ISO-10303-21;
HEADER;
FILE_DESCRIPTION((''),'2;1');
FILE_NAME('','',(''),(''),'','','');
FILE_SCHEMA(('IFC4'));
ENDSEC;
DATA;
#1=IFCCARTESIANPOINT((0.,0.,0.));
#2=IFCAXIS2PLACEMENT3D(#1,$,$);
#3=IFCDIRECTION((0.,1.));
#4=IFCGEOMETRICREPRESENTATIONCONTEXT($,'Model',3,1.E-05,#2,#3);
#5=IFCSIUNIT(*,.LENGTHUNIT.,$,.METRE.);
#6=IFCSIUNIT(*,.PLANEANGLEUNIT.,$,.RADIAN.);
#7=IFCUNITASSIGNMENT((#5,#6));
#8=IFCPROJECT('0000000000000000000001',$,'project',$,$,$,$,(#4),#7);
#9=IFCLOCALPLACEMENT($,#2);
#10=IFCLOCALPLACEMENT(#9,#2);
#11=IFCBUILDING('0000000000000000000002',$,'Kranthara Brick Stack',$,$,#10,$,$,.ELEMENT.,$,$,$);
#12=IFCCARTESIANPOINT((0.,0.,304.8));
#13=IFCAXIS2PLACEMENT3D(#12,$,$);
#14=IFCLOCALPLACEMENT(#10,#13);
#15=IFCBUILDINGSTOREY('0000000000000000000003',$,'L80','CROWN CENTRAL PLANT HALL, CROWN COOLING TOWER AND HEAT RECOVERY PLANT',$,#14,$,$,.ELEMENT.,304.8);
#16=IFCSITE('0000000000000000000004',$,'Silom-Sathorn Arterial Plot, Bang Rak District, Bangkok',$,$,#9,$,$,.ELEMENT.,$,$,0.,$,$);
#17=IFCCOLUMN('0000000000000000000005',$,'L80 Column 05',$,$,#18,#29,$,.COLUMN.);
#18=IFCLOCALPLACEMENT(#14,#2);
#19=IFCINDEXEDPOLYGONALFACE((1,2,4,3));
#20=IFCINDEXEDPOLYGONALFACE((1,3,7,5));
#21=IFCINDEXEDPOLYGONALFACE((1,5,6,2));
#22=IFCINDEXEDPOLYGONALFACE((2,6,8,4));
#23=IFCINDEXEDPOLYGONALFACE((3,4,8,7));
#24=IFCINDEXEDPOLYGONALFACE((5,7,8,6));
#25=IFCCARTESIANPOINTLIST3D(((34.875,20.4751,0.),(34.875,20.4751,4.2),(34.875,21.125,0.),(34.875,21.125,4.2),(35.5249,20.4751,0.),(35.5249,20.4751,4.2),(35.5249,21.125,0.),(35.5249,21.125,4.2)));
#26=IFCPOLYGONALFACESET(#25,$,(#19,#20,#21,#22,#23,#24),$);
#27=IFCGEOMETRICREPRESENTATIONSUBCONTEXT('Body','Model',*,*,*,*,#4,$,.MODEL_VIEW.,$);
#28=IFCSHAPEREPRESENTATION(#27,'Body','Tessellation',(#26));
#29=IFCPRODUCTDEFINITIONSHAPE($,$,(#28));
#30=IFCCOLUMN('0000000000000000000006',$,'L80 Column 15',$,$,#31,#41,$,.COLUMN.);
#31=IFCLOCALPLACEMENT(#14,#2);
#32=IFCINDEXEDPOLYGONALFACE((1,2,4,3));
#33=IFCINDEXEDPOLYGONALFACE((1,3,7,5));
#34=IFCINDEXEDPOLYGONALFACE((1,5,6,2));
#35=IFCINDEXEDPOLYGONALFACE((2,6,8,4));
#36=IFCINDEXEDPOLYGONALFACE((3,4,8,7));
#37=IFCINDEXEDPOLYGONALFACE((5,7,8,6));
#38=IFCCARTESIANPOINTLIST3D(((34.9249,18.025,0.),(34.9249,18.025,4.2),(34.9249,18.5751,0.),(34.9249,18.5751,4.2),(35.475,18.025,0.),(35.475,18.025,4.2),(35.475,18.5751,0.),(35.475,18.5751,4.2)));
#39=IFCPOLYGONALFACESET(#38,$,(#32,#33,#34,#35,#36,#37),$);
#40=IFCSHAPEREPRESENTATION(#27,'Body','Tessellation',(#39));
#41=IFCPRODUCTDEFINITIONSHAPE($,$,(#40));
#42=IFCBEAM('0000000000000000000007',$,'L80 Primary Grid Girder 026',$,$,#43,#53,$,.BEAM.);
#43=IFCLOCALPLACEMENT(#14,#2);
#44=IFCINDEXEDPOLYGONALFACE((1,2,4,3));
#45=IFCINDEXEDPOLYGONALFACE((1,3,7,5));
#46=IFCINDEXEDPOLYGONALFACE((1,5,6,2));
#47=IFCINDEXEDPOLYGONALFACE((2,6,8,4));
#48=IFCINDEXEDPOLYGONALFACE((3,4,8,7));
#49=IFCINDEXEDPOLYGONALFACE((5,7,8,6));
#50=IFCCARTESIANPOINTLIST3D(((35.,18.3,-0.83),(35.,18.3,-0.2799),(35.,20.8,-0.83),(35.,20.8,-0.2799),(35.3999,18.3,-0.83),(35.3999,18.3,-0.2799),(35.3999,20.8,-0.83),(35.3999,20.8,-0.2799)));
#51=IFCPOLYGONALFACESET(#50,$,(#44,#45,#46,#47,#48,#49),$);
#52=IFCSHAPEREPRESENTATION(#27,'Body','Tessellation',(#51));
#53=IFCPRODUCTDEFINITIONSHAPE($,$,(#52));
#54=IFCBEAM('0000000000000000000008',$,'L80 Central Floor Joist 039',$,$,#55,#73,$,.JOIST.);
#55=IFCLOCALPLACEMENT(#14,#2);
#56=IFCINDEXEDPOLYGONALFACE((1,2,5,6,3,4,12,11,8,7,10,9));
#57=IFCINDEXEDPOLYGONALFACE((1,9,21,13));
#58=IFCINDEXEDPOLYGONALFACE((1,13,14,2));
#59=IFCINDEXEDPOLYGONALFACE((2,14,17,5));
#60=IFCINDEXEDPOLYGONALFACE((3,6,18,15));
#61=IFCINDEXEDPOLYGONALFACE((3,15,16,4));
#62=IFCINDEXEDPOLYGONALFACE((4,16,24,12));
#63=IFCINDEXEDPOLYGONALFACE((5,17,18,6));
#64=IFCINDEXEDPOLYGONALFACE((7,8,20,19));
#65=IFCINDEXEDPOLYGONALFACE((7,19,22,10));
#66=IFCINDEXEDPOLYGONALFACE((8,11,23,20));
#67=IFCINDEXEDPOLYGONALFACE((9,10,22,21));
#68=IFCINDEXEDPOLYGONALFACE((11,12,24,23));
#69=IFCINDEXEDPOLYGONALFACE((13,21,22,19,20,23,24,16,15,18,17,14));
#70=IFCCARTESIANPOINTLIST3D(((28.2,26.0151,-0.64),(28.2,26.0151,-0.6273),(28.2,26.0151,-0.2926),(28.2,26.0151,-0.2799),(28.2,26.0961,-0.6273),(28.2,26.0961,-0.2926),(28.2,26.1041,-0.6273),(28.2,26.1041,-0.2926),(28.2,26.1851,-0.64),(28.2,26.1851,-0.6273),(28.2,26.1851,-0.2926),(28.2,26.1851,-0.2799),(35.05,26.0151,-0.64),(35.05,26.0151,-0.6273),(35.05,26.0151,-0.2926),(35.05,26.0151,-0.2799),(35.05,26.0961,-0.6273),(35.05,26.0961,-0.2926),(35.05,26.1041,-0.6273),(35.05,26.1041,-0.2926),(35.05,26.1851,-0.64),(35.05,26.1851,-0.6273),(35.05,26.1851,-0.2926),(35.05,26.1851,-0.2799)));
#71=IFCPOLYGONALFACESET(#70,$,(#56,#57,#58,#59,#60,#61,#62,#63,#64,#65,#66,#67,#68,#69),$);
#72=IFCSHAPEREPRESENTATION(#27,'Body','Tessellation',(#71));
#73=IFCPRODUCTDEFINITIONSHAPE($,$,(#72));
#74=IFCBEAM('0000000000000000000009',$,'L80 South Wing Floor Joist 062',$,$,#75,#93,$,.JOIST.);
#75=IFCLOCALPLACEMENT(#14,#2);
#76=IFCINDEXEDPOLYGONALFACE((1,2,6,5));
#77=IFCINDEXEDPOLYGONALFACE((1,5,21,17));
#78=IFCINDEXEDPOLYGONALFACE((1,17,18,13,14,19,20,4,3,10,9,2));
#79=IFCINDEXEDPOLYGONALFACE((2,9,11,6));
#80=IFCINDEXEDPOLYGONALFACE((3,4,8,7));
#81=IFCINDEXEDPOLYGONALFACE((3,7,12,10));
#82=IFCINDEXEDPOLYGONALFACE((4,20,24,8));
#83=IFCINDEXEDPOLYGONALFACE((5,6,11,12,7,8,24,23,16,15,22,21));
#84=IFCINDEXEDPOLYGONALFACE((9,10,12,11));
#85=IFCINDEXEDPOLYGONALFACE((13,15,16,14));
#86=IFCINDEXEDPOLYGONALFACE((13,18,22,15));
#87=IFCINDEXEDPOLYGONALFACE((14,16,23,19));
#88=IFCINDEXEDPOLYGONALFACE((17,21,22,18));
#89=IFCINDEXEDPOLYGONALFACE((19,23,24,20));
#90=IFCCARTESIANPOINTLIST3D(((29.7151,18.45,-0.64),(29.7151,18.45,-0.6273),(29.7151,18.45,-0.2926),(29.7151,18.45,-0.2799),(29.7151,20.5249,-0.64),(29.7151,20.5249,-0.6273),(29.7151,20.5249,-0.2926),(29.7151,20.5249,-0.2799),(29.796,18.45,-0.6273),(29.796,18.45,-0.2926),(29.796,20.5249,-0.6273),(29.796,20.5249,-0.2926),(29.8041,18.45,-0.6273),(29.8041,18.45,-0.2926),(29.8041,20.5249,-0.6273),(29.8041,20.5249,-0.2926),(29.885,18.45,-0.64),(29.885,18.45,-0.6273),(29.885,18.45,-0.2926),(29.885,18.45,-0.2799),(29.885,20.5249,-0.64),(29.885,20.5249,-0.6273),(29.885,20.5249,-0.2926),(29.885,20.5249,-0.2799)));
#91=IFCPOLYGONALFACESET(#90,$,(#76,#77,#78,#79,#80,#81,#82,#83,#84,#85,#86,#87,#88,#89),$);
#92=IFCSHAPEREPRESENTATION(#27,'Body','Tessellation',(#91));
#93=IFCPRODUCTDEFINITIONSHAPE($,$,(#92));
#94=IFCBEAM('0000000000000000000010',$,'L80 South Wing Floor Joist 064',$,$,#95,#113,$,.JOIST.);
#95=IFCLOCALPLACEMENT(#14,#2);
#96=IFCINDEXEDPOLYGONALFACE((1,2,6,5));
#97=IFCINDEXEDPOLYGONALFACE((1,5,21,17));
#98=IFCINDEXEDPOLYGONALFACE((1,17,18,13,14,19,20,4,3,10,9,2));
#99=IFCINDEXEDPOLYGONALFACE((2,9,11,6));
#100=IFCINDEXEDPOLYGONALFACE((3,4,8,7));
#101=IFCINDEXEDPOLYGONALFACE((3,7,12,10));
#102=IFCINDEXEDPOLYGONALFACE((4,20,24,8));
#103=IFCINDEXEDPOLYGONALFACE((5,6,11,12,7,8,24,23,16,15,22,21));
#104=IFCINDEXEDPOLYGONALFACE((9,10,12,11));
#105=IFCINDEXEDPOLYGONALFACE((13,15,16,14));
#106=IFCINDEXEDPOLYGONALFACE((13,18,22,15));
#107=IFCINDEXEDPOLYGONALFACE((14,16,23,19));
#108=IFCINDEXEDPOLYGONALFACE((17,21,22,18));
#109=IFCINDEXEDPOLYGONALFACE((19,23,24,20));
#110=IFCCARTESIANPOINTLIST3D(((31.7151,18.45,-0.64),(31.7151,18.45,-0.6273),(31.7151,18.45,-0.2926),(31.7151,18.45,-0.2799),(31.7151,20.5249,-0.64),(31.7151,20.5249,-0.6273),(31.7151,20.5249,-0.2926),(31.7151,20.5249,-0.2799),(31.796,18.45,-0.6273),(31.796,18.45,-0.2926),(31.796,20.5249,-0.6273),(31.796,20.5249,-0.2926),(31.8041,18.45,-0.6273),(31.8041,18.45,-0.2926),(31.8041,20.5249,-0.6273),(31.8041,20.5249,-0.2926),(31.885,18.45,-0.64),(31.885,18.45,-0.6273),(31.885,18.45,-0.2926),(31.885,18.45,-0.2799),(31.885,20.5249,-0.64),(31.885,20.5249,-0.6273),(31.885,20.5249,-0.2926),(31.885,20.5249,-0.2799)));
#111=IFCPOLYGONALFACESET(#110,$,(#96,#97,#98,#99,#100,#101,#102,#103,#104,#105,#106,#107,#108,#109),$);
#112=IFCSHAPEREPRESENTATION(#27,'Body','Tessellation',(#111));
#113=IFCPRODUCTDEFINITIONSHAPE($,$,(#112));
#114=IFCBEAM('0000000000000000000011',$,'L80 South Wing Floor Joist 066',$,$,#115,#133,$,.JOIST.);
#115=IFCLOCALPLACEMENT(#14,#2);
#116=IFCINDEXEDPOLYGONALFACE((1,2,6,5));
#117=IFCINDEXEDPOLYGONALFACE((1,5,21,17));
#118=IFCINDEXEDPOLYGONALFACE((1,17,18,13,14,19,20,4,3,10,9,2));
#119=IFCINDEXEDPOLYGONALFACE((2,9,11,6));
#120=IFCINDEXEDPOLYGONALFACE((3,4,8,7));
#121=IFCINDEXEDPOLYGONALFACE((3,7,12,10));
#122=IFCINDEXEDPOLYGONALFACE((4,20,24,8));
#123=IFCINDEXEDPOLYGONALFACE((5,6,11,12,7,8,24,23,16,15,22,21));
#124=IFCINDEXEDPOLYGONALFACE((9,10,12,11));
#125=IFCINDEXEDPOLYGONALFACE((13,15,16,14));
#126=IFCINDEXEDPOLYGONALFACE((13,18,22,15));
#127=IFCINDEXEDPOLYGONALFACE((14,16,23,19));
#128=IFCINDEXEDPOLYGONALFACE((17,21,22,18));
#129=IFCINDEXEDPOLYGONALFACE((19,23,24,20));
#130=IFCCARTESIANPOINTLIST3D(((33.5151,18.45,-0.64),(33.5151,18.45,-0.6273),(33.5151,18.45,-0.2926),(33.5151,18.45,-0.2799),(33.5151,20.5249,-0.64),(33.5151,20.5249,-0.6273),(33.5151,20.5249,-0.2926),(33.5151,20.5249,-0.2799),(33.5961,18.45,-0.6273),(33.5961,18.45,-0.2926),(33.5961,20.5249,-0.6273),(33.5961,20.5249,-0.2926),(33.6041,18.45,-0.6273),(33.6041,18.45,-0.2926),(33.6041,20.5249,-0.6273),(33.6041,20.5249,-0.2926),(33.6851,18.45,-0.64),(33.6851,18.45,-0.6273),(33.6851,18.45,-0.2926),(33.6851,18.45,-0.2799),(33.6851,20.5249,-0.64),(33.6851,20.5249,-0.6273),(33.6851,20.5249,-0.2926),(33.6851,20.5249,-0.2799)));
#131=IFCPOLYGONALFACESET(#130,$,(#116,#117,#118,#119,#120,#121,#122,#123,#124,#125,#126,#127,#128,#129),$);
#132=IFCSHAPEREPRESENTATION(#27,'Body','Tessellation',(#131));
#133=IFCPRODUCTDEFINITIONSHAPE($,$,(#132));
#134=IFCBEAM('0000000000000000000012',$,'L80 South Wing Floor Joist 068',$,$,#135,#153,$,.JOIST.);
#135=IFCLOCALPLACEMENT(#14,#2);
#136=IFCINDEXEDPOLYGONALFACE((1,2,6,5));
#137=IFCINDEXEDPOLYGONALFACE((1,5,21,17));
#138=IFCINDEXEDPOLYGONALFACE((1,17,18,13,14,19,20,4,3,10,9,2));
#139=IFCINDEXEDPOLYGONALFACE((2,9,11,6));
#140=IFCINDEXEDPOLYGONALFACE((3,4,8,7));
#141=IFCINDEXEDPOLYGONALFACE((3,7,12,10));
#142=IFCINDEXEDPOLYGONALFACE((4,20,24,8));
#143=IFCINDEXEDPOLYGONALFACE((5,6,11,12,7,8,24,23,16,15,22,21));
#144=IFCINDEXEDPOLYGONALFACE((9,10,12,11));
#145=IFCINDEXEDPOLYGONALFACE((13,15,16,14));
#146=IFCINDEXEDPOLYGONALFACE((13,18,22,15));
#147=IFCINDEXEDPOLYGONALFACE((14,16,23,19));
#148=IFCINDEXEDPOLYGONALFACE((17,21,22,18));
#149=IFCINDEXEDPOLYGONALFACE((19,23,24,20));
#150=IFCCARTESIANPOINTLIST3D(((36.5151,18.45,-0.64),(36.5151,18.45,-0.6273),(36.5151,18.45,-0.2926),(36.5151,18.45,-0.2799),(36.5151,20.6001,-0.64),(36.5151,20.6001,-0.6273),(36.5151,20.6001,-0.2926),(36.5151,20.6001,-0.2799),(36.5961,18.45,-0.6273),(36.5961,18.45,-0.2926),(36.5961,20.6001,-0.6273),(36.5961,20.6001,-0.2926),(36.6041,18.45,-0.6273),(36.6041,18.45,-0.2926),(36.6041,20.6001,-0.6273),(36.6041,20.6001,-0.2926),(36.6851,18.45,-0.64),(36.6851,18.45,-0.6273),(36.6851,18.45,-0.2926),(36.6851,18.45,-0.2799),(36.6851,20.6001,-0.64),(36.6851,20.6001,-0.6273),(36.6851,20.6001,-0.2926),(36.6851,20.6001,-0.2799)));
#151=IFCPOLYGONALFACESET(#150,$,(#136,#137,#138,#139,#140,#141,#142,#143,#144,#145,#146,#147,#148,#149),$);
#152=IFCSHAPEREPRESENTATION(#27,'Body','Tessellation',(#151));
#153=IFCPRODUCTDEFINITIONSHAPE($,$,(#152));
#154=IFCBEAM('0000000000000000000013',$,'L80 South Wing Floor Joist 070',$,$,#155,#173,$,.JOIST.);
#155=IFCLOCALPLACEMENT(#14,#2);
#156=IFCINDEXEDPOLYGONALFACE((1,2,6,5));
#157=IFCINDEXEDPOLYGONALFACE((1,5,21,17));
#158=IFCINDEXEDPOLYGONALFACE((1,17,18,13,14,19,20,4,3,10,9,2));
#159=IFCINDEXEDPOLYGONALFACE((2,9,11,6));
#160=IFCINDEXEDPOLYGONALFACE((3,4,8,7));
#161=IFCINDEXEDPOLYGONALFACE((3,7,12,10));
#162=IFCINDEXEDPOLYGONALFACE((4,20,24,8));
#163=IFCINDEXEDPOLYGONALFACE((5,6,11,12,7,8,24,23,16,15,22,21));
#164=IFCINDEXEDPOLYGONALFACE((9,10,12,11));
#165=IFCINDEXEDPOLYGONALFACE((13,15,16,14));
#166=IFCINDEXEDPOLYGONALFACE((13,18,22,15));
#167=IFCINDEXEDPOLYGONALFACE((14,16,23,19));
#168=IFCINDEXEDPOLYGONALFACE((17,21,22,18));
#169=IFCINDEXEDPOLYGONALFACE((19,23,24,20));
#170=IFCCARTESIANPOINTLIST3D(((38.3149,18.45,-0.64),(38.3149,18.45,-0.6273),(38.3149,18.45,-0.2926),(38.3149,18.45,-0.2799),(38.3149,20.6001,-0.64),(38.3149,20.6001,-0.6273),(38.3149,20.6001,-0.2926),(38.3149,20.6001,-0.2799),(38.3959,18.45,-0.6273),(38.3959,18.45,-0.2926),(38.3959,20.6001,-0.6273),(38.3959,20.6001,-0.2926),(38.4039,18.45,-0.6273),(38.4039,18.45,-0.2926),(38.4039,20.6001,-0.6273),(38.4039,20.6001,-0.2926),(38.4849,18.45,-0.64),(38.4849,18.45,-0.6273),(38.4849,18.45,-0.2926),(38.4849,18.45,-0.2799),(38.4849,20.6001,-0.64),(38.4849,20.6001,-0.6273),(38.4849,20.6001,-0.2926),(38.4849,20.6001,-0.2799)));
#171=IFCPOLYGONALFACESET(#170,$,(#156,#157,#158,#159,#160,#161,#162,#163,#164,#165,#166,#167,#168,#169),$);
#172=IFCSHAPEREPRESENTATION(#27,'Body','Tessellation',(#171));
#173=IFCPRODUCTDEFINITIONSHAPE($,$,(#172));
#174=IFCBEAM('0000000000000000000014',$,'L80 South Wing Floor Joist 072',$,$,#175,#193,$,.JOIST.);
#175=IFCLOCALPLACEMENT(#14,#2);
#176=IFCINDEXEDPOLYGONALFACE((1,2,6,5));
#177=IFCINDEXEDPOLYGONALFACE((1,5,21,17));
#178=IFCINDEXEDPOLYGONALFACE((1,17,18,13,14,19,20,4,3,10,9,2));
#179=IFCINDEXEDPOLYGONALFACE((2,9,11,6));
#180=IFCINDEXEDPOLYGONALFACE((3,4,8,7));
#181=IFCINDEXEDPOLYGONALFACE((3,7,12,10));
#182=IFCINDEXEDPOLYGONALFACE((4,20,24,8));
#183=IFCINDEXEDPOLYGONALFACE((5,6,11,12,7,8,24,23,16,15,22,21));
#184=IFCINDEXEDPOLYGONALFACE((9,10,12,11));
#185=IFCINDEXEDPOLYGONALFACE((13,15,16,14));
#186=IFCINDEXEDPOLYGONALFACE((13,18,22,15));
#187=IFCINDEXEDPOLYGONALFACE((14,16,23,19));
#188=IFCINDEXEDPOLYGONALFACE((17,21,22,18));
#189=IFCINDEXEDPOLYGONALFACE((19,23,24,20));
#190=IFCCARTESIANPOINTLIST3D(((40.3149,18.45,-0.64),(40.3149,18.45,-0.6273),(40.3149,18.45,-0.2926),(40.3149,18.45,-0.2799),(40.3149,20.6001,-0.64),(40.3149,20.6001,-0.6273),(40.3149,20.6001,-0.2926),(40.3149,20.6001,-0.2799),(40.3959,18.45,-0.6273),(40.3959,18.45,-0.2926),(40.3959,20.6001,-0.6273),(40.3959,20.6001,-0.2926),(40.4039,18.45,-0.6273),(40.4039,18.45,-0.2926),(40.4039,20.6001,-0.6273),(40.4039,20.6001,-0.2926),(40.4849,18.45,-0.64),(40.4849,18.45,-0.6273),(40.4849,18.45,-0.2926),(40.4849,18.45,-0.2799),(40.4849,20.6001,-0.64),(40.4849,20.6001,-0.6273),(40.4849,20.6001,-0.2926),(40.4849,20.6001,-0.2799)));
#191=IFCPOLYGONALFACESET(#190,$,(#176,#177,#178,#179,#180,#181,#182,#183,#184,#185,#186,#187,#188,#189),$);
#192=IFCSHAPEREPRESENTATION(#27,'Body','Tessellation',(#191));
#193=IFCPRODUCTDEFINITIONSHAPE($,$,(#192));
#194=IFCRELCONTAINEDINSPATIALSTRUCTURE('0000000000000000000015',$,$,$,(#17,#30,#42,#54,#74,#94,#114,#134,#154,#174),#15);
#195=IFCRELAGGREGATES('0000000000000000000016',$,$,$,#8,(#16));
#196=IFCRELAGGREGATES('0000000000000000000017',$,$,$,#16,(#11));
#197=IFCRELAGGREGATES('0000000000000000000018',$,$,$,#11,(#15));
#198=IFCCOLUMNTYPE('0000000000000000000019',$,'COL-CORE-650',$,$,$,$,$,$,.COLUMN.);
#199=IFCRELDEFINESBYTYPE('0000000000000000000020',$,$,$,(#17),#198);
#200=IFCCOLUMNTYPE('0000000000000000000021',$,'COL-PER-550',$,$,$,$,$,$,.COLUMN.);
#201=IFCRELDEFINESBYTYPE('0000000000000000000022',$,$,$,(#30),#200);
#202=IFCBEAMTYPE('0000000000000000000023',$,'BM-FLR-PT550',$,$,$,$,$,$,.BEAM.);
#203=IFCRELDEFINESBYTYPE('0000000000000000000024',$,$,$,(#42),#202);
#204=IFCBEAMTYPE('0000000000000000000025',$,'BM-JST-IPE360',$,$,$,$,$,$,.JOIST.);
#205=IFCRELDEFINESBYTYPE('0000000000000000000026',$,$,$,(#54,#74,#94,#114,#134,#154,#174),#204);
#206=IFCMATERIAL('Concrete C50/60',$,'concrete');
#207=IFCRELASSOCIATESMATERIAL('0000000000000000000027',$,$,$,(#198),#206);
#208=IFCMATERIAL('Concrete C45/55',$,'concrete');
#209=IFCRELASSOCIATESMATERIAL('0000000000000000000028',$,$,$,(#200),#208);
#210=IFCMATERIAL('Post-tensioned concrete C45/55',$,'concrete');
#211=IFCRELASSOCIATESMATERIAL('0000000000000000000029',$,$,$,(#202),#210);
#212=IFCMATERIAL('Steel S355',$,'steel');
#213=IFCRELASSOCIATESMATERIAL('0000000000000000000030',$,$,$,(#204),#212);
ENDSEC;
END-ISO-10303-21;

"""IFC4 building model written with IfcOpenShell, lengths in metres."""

from ifc_helpers import new_model, si_unit, direction, frame, origin, origin_2d, place, context, subcontext, project, spatial, rectangle, i_section, extrude, material, material_profile, profile_set, type_object, element, save


model = new_model("IFC4")

# Units and contexts
model_context = context("Model", 3, precision=1e-05, world=origin(), true_north=direction((0.0, 1.0)))
body_context = subcontext(model_context, "Body", "Model", "MODEL_VIEW")
ifc_project = project(units=[si_unit("LENGTHUNIT", "METRE"), si_unit("PLANEANGLEUNIT", "RADIAN")], contexts=[model_context])

# Site, building, storey
site_placement = place(None, origin())
site = spatial("IfcSite", under=ifc_project, at=site_placement, Name="Silom-Sathorn Arterial Plot, Bang Rak District, Bangkok", CompositionType="ELEMENT", RefElevation=0.0)
building_placement = place(site_placement, origin())
building = spatial("IfcBuilding", under=site, at=building_placement, Name="Kranthara Brick Stack", CompositionType="ELEMENT")
storey_placement = place(building_placement, frame((0.0, 0.0, 304.8)))
storey = spatial("IfcBuildingStorey", under=building, at=storey_placement, Name="L80", Description="CROWN CENTRAL PLANT HALL, CROWN COOLING TOWER AND HEAT RECOVERY PLANT", CompositionType="ELEMENT", Elevation=304.8)

# Columns
ifc_material_1 = material(Name="Concrete C50/60", Category="concrete")
ifc_material_profile_1 = material_profile(ifc_material_1, rectangle(XDim=0.6499, YDim=0.6499, at=origin_2d()), Name="RC 650x650")
ifc_profile_set_1 = profile_set([ifc_material_profile_1], Name="Concrete C50/60")
column_type_1 = type_object("IfcColumnType", Name="COL-CORE-650", PredefinedType="COLUMN", material=ifc_profile_set_1)
column_1_placement = place(storey_placement, frame((35.2, 20.8, 0.0), z_axis=(0.0, 0.0, 1.0), x_axis=(1.0, 0.0, 0.0)))
element("IfcColumn", 1, at=column_1_placement, inside=storey, type_object=column_type_1, Name="L80 Column 05", PredefinedType="COLUMN", context=body_context, shape_type="SweptSolid", body=[
    extrude(rectangle(XDim=0.6499, YDim=0.6499, at=origin_2d()), origin(), (0.0, 0.0, 1.0), 4.2),
])
ifc_material_2 = material(Name="Concrete C45/55", Category="concrete")
ifc_material_profile_2 = material_profile(ifc_material_2, rectangle(XDim=0.55, YDim=0.55, at=origin_2d()), Name="RC 550x550")
ifc_profile_set_2 = profile_set([ifc_material_profile_2], Name="Concrete C45/55")
column_type_2 = type_object("IfcColumnType", Name="COL-PER-550", PredefinedType="COLUMN", material=ifc_profile_set_2)
column_2_placement = place(storey_placement, frame((35.2, 18.3, 0.0), z_axis=(0.0, 0.0, 1.0), x_axis=(1.0, 0.0, 0.0)))
element("IfcColumn", 2, at=column_2_placement, inside=storey, type_object=column_type_2, Name="L80 Column 15", PredefinedType="COLUMN", context=body_context, shape_type="SweptSolid", body=[
    extrude(rectangle(XDim=0.55, YDim=0.55, at=origin_2d()), origin(), (0.0, 0.0, 1.0), 4.2),
])

# Beams
ifc_material_3 = material(Name="Post-tensioned concrete C45/55", Category="concrete")
ifc_material_profile_3 = material_profile(ifc_material_3, rectangle(XDim=0.3999, YDim=0.55, at=origin_2d()), Name="PT 400x550")
ifc_profile_set_3 = profile_set([ifc_material_profile_3], Name="Post-tensioned concrete C45/55")
beam_type_1 = type_object("IfcBeamType", Name="BM-FLR-PT550", PredefinedType="BEAM", material=ifc_profile_set_3)
beam_1_placement = place(storey_placement, frame((35.2, 18.3, -0.5549), z_axis=(0.0, 1.0, 0.0), x_axis=(-1.0, 0.0, 0.0)))
element("IfcBeam", 3, at=beam_1_placement, inside=storey, type_object=beam_type_1, Name="L80 Primary Grid Girder 026", PredefinedType="BEAM", context=body_context, shape_type="SweptSolid", body=[
    extrude(rectangle(XDim=0.3999, YDim=0.55, at=origin_2d()), origin(), (0.0, 0.0, 1.0), 2.5),
])
ifc_material_4 = material(Name="Steel S355", Category="steel")
ifc_material_profile_4 = material_profile(ifc_material_4, i_section(OverallWidth=0.1699, OverallDepth=0.3601, WebThickness=0.0081, FlangeThickness=0.0127, at=origin_2d()), Name="IPE 360")
ifc_profile_set_4 = profile_set([ifc_material_profile_4], Name="Steel S355")
beam_type_2 = type_object("IfcBeamType", Name="BM-JST-IPE360", PredefinedType="JOIST", material=ifc_profile_set_4)
beam_2_placement = place(storey_placement, frame((28.2, 26.1001, -0.46), z_axis=(1.0, 0.0, 0.0), x_axis=(0.0, 1.0, 0.0)))
element("IfcBeam", 4, at=beam_2_placement, inside=storey, type_object=beam_type_2, Name="L80 Central Floor Joist 039", PredefinedType="JOIST", context=body_context, shape_type="SweptSolid", body=[
    extrude(i_section(OverallWidth=0.1699, OverallDepth=0.3601, WebThickness=0.0081, FlangeThickness=0.0127, at=origin_2d()), origin(), (0.0, 0.0, 1.0), 6.8501),
])
for number, where, z_axis, x_axis, name in (
    (5, (29.8, 18.45, -0.46), (0.0, 1.0, 0.0), (-1.0, 0.0, 0.0), "L80 South Wing Floor Joist 062"),
    (6, (31.8, 18.45, -0.46), (0.0, 1.0, 0.0), (-1.0, 0.0, 0.0), "L80 South Wing Floor Joist 064"),
    (7, (33.6001, 18.45, -0.46), (0.0, 1.0, 0.0), (-1.0, 0.0, 0.0), "L80 South Wing Floor Joist 066"),
):
    element("IfcBeam", number, at=place(storey_placement, frame(where, z_axis=z_axis, x_axis=x_axis)), inside=storey, type_object=beam_type_2, Name=name, PredefinedType="JOIST", context=body_context, shape_type="SweptSolid", body=[
        extrude(i_section(OverallWidth=0.1699, OverallDepth=0.3601, WebThickness=0.0081, FlangeThickness=0.0127, at=origin_2d()), origin(), (0.0, 0.0, 1.0), 2.075),
    ])
for number, where, z_axis, x_axis, name in (
    (8, (36.6001, 18.45, -0.46), (0.0, 1.0, 0.0), (-1.0, 0.0, 0.0), "L80 South Wing Floor Joist 068"),
    (9, (38.3999, 18.45, -0.46), (0.0, 1.0, 0.0), (-1.0, 0.0, 0.0), "L80 South Wing Floor Joist 070"),
    (10, (40.3999, 18.45, -0.46), (0.0, 1.0, 0.0), (-1.0, 0.0, 0.0), "L80 South Wing Floor Joist 072"),
):
    element("IfcBeam", number, at=place(storey_placement, frame(where, z_axis=z_axis, x_axis=x_axis)), inside=storey, type_object=beam_type_2, Name=name, PredefinedType="JOIST", context=body_context, shape_type="SweptSolid", body=[
        extrude(i_section(OverallWidth=0.1699, OverallDepth=0.3601, WebThickness=0.0081, FlangeThickness=0.0127, at=origin_2d()), origin(), (0.0, 0.0, 1.0), 2.1501),
    ])

save(model, "model.ifc")
